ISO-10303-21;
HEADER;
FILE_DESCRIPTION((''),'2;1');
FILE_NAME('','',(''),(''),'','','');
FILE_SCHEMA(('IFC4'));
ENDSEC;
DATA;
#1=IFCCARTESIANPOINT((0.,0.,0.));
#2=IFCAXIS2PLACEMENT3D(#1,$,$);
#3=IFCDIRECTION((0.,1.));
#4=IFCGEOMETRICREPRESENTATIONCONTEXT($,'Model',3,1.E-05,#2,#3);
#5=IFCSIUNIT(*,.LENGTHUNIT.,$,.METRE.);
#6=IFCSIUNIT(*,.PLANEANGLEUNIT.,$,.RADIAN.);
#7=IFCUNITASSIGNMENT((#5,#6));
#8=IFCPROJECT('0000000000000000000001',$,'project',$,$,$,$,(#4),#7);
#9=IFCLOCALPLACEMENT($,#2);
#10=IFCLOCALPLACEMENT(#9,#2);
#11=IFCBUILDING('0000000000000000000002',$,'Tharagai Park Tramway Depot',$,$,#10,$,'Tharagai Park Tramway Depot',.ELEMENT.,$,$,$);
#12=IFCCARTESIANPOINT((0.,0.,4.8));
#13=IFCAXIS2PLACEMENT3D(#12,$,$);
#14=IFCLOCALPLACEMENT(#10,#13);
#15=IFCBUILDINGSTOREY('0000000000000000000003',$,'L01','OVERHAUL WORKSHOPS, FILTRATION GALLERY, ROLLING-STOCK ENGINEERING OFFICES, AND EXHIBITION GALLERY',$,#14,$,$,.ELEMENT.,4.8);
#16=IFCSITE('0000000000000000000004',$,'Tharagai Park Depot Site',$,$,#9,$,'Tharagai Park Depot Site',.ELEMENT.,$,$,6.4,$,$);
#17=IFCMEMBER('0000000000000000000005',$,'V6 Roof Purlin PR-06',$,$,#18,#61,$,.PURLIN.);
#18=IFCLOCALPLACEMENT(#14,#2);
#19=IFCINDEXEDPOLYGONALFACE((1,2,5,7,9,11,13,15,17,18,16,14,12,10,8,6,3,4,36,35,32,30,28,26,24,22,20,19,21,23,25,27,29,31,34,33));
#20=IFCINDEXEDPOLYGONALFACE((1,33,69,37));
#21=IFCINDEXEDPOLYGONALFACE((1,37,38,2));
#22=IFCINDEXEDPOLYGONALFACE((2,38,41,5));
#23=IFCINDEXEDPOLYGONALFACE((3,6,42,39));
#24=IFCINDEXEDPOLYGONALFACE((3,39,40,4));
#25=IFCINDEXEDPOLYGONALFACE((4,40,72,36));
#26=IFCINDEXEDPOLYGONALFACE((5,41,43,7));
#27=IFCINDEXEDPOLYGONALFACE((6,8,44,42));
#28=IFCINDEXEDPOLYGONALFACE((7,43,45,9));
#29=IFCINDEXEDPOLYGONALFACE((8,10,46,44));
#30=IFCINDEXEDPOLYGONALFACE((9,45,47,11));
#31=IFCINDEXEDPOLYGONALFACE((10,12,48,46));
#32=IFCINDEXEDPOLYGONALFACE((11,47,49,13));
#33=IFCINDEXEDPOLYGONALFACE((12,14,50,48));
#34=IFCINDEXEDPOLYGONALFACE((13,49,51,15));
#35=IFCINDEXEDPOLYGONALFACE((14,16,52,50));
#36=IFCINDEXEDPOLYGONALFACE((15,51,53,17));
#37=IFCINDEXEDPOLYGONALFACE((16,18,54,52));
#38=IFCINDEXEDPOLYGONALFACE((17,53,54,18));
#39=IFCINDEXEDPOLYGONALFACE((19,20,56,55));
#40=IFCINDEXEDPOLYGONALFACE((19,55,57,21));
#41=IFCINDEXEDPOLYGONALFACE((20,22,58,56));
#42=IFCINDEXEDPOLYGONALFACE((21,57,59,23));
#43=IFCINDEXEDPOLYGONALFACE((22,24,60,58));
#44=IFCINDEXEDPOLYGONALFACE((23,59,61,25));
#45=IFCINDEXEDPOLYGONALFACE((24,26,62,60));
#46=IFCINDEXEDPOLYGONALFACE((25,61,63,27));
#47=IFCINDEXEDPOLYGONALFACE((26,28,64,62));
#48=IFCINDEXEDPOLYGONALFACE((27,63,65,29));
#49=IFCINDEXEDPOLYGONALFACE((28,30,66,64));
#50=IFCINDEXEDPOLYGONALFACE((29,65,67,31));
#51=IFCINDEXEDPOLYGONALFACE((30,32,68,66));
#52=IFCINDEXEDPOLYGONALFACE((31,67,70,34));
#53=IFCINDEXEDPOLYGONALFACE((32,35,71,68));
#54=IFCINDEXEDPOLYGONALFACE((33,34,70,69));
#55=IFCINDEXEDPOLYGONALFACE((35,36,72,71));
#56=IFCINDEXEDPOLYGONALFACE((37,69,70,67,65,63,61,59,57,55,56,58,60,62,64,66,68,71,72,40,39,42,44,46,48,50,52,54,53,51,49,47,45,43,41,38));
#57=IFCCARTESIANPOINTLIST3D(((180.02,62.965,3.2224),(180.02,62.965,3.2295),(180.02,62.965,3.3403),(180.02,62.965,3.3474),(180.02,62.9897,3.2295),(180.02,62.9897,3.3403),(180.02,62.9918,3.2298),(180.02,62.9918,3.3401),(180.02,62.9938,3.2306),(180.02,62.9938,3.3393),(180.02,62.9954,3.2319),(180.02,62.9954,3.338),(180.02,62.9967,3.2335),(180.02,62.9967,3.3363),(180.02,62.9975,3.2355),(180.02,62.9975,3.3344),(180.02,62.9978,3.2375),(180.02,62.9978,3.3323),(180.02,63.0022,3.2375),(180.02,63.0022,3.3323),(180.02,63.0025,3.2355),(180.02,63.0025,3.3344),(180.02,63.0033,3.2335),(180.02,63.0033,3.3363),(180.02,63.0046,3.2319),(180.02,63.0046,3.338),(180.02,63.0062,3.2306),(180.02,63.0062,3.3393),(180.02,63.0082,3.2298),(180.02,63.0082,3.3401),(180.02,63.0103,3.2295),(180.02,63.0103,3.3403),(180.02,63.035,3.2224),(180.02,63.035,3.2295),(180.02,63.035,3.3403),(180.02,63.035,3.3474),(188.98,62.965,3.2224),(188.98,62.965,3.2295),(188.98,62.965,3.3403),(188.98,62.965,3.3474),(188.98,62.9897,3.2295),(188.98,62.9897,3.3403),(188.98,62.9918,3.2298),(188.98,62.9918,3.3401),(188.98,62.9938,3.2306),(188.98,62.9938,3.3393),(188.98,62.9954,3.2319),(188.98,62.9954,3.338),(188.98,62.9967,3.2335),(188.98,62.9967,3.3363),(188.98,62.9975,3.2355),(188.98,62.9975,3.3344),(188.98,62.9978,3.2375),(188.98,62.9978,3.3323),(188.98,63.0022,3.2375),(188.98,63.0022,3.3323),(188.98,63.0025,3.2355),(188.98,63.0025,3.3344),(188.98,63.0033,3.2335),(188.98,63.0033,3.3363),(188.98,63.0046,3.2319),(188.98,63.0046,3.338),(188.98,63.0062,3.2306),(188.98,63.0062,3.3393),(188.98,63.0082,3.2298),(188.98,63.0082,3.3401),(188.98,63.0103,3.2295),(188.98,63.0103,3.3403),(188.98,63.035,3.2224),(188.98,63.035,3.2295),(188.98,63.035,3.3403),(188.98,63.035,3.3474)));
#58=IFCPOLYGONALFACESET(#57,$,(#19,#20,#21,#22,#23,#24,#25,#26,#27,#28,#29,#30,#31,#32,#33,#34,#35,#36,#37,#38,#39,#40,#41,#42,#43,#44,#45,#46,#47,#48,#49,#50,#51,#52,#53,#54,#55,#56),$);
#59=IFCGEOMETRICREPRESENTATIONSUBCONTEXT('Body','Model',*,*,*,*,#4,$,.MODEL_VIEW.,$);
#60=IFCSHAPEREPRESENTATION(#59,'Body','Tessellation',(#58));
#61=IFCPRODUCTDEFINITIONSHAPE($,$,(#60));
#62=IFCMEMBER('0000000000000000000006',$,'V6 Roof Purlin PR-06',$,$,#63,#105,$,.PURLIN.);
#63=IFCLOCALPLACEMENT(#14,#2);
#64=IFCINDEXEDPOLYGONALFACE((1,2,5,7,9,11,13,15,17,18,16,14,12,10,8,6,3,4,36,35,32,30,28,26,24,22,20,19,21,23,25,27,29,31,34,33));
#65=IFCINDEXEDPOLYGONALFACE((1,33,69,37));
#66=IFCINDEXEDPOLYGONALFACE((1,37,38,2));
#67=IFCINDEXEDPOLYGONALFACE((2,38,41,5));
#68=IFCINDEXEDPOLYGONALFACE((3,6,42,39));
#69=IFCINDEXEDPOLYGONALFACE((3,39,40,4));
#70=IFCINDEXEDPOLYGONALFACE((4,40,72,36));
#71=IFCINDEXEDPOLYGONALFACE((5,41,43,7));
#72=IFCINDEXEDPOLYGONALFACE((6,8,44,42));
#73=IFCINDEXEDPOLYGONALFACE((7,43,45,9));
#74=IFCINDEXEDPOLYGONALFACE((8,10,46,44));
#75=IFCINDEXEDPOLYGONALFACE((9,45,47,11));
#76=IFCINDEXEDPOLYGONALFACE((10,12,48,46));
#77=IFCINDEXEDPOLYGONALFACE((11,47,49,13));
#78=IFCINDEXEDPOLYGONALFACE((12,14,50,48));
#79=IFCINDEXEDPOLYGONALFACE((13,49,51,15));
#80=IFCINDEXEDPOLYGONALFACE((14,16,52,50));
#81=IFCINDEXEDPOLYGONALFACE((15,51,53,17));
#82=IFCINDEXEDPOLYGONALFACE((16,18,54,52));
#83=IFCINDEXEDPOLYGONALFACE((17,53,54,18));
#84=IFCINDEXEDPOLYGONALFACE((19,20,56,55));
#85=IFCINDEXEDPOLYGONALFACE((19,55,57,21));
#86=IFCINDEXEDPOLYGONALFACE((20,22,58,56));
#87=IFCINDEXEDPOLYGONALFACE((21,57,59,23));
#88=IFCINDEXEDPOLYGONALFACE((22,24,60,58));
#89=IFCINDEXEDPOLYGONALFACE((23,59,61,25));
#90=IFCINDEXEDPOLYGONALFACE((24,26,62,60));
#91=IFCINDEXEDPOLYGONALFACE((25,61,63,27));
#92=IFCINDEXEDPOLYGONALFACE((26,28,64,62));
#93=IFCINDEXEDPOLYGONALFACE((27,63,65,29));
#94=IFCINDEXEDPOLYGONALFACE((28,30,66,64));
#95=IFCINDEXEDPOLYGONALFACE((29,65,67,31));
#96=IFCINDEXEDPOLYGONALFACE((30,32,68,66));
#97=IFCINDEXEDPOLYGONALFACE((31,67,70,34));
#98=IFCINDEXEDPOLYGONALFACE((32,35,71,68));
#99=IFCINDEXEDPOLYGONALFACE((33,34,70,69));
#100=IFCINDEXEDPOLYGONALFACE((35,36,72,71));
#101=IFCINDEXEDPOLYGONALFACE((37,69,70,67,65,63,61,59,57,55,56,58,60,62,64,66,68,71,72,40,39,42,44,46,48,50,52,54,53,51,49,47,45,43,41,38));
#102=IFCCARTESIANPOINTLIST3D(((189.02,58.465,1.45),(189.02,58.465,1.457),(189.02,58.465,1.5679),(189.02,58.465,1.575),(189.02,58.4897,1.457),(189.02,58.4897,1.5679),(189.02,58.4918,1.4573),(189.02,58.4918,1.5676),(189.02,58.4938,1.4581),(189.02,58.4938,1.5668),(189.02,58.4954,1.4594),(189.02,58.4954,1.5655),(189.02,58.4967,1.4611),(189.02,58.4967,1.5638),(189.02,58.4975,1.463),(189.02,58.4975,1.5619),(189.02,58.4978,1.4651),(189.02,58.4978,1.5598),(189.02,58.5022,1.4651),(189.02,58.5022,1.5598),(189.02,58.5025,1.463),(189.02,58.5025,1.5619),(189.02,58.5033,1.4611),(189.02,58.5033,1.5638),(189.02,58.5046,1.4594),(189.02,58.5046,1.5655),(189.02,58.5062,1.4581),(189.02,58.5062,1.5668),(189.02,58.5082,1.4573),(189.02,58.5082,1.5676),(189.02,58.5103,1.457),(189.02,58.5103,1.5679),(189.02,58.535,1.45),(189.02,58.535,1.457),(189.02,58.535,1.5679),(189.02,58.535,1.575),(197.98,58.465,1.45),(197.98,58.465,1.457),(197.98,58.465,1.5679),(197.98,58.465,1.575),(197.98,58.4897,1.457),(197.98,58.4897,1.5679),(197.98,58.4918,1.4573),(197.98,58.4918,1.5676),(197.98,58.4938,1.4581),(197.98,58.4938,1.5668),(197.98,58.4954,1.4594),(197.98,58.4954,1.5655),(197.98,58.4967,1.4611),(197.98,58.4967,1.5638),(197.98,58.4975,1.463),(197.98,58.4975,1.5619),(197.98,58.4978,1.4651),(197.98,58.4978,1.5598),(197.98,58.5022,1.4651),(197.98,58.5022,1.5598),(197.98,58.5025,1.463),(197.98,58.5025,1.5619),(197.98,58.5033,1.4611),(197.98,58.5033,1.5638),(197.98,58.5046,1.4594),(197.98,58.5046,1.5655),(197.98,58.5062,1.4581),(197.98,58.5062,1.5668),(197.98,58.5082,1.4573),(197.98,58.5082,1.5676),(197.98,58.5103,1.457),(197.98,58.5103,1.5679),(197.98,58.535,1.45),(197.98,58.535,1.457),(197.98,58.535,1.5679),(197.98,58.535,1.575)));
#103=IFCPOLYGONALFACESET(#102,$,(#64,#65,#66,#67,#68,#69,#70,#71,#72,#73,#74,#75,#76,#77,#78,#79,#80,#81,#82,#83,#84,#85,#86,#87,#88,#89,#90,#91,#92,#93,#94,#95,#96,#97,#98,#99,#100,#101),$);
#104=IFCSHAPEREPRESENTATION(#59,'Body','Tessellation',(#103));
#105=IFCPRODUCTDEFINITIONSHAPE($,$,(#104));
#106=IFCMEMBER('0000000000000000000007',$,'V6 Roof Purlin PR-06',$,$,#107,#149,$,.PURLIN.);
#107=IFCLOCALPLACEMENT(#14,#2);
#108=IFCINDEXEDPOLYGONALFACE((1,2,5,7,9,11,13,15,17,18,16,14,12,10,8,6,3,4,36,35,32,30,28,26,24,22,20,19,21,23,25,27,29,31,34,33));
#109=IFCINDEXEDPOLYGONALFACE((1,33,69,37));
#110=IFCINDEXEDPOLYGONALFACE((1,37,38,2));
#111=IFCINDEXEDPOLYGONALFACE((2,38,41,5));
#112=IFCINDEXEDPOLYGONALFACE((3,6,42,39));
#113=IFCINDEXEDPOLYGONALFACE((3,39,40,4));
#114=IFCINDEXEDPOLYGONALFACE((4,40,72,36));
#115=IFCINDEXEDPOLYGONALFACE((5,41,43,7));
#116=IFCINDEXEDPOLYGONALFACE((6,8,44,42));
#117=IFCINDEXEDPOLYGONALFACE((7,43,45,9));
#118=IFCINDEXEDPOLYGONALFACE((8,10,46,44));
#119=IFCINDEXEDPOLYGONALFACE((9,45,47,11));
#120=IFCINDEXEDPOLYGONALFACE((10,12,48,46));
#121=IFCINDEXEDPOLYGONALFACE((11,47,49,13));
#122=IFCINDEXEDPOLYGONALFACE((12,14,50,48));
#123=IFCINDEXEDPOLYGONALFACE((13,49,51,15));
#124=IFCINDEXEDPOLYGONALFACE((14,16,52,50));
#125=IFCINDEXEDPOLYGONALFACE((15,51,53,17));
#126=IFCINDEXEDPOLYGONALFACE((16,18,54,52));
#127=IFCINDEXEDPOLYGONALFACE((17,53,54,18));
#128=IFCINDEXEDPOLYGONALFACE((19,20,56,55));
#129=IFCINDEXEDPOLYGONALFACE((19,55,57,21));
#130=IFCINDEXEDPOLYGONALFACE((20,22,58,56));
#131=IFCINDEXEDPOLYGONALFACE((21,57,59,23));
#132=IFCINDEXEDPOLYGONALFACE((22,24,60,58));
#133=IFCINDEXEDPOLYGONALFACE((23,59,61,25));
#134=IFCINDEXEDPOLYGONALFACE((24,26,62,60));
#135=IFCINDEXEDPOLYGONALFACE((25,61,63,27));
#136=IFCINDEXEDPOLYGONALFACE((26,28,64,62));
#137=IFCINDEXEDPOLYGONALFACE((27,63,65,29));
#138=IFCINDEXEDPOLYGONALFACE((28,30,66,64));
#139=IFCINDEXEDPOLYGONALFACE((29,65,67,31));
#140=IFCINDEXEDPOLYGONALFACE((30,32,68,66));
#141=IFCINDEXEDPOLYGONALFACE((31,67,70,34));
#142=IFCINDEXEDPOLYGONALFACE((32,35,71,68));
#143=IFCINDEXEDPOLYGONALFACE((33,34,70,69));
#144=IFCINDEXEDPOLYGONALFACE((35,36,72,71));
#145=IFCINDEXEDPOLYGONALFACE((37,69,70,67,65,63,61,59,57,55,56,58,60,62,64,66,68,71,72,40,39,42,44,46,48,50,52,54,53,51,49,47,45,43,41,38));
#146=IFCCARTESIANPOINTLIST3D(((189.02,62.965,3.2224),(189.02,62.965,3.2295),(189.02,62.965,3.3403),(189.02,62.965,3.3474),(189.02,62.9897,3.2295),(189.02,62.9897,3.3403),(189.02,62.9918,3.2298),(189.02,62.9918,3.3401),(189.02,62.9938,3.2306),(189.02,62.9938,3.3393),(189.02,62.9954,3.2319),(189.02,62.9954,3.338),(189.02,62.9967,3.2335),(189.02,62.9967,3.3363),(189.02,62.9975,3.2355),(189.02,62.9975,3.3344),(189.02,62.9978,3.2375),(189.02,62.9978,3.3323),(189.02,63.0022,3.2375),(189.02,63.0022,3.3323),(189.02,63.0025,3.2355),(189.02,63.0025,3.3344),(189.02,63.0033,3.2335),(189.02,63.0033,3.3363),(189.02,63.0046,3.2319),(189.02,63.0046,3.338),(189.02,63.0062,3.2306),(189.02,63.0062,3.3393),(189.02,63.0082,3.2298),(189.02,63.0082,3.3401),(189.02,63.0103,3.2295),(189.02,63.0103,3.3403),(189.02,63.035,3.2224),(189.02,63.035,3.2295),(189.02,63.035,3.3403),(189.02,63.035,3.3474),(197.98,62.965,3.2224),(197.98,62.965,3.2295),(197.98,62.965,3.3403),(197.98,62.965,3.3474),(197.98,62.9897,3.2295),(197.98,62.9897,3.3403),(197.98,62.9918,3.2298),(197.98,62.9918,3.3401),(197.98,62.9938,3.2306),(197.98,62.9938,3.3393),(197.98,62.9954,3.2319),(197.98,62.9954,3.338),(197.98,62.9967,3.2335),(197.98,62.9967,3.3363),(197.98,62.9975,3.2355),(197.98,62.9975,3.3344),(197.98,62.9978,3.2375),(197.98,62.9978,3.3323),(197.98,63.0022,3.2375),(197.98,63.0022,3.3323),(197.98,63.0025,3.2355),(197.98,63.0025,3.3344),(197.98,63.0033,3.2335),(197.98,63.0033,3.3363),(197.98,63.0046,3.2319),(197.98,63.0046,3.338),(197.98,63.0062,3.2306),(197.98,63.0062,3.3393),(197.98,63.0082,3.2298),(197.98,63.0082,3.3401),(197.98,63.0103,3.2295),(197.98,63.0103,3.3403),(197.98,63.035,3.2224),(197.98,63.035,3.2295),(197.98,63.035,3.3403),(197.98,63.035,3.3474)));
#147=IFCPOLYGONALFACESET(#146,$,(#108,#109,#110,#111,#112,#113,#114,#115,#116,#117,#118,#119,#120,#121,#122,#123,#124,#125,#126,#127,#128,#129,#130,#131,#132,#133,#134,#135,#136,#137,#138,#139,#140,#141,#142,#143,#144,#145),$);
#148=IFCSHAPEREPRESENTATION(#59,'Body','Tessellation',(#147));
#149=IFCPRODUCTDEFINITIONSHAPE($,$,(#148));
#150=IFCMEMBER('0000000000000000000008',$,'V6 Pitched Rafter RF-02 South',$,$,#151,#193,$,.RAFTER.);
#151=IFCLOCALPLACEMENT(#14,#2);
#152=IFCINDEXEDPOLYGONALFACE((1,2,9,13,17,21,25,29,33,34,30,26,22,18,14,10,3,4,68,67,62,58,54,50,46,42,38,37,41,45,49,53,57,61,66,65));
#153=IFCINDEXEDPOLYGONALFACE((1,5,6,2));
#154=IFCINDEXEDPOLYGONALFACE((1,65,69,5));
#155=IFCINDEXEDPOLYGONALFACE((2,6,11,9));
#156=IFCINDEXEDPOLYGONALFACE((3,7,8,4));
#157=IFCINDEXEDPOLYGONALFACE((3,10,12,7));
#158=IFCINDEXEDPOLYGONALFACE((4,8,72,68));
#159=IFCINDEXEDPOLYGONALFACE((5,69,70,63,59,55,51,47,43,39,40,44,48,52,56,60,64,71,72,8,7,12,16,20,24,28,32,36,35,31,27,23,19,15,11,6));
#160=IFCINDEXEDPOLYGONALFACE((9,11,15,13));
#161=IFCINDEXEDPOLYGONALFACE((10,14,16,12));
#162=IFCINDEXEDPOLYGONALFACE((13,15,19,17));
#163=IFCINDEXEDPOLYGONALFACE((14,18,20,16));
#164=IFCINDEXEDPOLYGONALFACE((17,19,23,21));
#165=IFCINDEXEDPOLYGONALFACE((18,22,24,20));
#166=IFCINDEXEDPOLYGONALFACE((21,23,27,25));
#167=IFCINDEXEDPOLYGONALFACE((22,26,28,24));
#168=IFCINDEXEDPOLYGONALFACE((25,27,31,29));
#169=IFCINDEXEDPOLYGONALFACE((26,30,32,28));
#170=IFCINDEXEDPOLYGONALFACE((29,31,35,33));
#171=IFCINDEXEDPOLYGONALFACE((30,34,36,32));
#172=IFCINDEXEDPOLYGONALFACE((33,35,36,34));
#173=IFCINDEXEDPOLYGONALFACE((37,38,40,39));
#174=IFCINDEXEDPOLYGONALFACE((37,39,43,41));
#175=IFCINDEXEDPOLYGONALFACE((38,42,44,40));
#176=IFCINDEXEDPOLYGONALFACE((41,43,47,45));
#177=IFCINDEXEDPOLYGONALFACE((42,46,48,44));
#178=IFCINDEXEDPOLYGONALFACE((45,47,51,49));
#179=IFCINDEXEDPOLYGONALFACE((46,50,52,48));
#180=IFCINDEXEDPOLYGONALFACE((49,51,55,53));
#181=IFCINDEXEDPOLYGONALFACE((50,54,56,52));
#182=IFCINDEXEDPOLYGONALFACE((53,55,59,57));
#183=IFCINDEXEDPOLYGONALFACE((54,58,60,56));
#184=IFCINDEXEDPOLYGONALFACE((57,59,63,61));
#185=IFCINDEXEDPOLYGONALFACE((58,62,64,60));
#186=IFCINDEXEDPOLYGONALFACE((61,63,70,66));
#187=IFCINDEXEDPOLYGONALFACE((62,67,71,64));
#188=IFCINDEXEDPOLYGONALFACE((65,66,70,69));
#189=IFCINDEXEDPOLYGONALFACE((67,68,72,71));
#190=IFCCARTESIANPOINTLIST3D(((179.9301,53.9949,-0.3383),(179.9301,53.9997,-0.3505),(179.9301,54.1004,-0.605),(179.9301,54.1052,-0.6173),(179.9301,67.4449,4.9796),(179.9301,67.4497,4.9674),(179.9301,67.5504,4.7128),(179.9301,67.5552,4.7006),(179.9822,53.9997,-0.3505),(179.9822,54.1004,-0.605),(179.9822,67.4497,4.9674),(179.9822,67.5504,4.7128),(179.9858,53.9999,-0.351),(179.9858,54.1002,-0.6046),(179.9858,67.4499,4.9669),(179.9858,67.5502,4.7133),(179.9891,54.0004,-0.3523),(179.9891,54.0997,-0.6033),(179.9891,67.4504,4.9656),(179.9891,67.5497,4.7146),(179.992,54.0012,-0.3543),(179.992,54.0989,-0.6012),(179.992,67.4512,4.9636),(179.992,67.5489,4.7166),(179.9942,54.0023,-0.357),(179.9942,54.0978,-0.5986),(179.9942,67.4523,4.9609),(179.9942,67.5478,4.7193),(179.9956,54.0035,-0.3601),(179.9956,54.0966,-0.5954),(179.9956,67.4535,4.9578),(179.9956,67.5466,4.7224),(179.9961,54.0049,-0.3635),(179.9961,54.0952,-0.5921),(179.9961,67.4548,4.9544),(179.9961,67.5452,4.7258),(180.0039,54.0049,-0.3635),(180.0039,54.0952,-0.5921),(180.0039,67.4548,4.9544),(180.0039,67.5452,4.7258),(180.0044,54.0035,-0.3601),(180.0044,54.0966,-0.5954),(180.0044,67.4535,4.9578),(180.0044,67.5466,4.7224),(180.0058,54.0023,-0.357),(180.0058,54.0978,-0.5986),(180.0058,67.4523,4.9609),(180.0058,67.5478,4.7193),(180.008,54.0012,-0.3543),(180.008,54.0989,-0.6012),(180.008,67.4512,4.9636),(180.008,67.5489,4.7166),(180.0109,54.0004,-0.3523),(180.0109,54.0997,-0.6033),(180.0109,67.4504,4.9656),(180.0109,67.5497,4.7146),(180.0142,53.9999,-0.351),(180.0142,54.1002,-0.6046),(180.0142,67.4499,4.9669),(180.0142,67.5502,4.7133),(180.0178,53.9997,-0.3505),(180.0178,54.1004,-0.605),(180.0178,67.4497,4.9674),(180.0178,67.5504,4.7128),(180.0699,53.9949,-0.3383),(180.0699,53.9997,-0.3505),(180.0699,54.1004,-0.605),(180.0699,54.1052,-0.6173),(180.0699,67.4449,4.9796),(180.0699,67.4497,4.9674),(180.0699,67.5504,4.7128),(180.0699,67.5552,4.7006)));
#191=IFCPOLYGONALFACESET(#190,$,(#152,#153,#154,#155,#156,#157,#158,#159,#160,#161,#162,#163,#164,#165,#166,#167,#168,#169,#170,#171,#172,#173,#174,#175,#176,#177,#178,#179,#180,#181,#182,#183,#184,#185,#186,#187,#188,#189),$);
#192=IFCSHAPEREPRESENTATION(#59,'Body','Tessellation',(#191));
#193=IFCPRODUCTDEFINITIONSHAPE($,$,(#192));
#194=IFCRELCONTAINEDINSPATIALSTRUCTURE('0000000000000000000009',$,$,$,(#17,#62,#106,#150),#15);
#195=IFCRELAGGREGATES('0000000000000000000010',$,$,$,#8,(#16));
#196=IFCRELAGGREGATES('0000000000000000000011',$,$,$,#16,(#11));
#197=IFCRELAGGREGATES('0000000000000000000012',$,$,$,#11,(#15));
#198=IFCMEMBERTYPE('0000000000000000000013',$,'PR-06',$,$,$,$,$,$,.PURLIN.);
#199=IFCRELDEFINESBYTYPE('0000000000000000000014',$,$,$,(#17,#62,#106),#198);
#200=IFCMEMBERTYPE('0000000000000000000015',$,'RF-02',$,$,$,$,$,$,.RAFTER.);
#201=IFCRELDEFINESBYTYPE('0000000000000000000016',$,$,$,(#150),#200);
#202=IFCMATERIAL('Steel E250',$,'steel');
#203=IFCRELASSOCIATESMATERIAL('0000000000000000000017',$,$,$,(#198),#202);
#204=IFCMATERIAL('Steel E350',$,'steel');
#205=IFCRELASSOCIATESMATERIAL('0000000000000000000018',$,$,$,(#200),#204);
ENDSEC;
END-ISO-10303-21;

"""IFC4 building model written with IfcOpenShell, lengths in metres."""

from ifc_helpers import new_model, si_unit, direction, frame, origin, origin_2d, place, context, subcontext, project, spatial, i_section, extrude, material, material_profile, profile_set, type_object, element, save


model = new_model("IFC4")

# Units and contexts
model_context = context("Model", 3, precision=1e-05, world=origin(), true_north=direction((0.0, 1.0)))
body_context = subcontext(model_context, "Body", "Model", "MODEL_VIEW")
ifc_project = project(units=[si_unit("LENGTHUNIT", "METRE"), si_unit("PLANEANGLEUNIT", "RADIAN")], contexts=[model_context])

# Site, building, storey
site_placement = place(None, origin())
site = spatial("IfcSite", under=ifc_project, at=site_placement, Name="Tharagai Park Depot Site", LongName="Tharagai Park Depot Site", CompositionType="ELEMENT", RefElevation=6.4)
building_placement = place(site_placement, origin())
building = spatial("IfcBuilding", under=site, at=building_placement, Name="Tharagai Park Tramway Depot", LongName="Tharagai Park Tramway Depot", CompositionType="ELEMENT")
storey_placement = place(building_placement, frame((0.0, 0.0, 4.8)))
storey = spatial("IfcBuildingStorey", under=building, at=storey_placement, Name="L01", Description="OVERHAUL WORKSHOPS, FILTRATION GALLERY, ROLLING-STOCK ENGINEERING OFFICES, AND EXHIBITION GALLERY", CompositionType="ELEMENT", Elevation=4.8)

# Shared definitions
ifc_material_1 = material(Name="Steel E350", Category="steel")

# Members
ifc_material_2 = material(Name="Steel E250", Category="steel")
ifc_material_profile_1 = material_profile(ifc_material_2, i_section(OverallWidth=0.0701, OverallDepth=0.125, WebThickness=0.0044, FlangeThickness=0.0071, FilletRadius=0.0081, at=origin_2d()), Name="ISMB 125")
ifc_profile_set_1 = profile_set([ifc_material_profile_1], Name="Steel E250")
member_type_1 = type_object("IfcMemberType", Name="PR-06", PredefinedType="PURLIN", material=ifc_profile_set_1)
for number, where, z_axis, x_axis, name in (
    (1, (180.02, 63.0, 3.2849), (1.0, 0.0, 0.0), (0.0, 1.0, 0.0), "V6 Roof Purlin PR-06"),
    (2, (189.02, 58.5, 1.5125), (1.0, 0.0, 0.0), (0.0, 1.0, 0.0), "V6 Roof Purlin PR-06"),
    (3, (189.02, 63.0, 3.2849), (1.0, 0.0, 0.0), (0.0, 1.0, 0.0), "V6 Roof Purlin PR-06"),
):
    element("IfcMember", number, at=place(storey_placement, frame(where, z_axis=z_axis, x_axis=x_axis)), inside=storey, type_object=member_type_1, Name=name, PredefinedType="PURLIN", context=body_context, shape_type="SweptSolid", body=[
        extrude(i_section(OverallWidth=0.0701, OverallDepth=0.125, WebThickness=0.0044, FlangeThickness=0.0071, FilletRadius=0.0081, at=origin_2d()), origin(), (0.0, 0.0, 1.0), 8.96),
    ])
ifc_material_profile_2 = material_profile(ifc_material_1, i_section(OverallWidth=0.1399, OverallDepth=0.3, WebThickness=0.0078, FlangeThickness=0.0132, FilletRadius=0.0139, at=origin_2d()), Name="ISMB 300")
ifc_profile_set_2 = profile_set([ifc_material_profile_2], Name="Steel E350")
member_type_2 = type_object("IfcMemberType", Name="RF-02", PredefinedType="RAFTER", material=ifc_profile_set_2)
for number, where, z_axis, x_axis, name in (
    (4, (180.0, 54.05, -0.4778), (0.0, 0.92995, 0.367686), (-1.0, 0.0, 0.0), "V6 Pitched Rafter RF-02 South"),
):
    element("IfcMember", number, at=place(storey_placement, frame(where, z_axis=z_axis, x_axis=x_axis)), inside=storey, type_object=member_type_2, Name=name, PredefinedType="RAFTER", context=body_context, shape_type="SweptSolid", body=[
        extrude(i_section(OverallWidth=0.1399, OverallDepth=0.3, WebThickness=0.0078, FlangeThickness=0.0132, FilletRadius=0.0139, at=origin_2d()), origin(), (0.0, 0.0, 1.0), 14.4631),
    ])

save(model, "model.ifc")
